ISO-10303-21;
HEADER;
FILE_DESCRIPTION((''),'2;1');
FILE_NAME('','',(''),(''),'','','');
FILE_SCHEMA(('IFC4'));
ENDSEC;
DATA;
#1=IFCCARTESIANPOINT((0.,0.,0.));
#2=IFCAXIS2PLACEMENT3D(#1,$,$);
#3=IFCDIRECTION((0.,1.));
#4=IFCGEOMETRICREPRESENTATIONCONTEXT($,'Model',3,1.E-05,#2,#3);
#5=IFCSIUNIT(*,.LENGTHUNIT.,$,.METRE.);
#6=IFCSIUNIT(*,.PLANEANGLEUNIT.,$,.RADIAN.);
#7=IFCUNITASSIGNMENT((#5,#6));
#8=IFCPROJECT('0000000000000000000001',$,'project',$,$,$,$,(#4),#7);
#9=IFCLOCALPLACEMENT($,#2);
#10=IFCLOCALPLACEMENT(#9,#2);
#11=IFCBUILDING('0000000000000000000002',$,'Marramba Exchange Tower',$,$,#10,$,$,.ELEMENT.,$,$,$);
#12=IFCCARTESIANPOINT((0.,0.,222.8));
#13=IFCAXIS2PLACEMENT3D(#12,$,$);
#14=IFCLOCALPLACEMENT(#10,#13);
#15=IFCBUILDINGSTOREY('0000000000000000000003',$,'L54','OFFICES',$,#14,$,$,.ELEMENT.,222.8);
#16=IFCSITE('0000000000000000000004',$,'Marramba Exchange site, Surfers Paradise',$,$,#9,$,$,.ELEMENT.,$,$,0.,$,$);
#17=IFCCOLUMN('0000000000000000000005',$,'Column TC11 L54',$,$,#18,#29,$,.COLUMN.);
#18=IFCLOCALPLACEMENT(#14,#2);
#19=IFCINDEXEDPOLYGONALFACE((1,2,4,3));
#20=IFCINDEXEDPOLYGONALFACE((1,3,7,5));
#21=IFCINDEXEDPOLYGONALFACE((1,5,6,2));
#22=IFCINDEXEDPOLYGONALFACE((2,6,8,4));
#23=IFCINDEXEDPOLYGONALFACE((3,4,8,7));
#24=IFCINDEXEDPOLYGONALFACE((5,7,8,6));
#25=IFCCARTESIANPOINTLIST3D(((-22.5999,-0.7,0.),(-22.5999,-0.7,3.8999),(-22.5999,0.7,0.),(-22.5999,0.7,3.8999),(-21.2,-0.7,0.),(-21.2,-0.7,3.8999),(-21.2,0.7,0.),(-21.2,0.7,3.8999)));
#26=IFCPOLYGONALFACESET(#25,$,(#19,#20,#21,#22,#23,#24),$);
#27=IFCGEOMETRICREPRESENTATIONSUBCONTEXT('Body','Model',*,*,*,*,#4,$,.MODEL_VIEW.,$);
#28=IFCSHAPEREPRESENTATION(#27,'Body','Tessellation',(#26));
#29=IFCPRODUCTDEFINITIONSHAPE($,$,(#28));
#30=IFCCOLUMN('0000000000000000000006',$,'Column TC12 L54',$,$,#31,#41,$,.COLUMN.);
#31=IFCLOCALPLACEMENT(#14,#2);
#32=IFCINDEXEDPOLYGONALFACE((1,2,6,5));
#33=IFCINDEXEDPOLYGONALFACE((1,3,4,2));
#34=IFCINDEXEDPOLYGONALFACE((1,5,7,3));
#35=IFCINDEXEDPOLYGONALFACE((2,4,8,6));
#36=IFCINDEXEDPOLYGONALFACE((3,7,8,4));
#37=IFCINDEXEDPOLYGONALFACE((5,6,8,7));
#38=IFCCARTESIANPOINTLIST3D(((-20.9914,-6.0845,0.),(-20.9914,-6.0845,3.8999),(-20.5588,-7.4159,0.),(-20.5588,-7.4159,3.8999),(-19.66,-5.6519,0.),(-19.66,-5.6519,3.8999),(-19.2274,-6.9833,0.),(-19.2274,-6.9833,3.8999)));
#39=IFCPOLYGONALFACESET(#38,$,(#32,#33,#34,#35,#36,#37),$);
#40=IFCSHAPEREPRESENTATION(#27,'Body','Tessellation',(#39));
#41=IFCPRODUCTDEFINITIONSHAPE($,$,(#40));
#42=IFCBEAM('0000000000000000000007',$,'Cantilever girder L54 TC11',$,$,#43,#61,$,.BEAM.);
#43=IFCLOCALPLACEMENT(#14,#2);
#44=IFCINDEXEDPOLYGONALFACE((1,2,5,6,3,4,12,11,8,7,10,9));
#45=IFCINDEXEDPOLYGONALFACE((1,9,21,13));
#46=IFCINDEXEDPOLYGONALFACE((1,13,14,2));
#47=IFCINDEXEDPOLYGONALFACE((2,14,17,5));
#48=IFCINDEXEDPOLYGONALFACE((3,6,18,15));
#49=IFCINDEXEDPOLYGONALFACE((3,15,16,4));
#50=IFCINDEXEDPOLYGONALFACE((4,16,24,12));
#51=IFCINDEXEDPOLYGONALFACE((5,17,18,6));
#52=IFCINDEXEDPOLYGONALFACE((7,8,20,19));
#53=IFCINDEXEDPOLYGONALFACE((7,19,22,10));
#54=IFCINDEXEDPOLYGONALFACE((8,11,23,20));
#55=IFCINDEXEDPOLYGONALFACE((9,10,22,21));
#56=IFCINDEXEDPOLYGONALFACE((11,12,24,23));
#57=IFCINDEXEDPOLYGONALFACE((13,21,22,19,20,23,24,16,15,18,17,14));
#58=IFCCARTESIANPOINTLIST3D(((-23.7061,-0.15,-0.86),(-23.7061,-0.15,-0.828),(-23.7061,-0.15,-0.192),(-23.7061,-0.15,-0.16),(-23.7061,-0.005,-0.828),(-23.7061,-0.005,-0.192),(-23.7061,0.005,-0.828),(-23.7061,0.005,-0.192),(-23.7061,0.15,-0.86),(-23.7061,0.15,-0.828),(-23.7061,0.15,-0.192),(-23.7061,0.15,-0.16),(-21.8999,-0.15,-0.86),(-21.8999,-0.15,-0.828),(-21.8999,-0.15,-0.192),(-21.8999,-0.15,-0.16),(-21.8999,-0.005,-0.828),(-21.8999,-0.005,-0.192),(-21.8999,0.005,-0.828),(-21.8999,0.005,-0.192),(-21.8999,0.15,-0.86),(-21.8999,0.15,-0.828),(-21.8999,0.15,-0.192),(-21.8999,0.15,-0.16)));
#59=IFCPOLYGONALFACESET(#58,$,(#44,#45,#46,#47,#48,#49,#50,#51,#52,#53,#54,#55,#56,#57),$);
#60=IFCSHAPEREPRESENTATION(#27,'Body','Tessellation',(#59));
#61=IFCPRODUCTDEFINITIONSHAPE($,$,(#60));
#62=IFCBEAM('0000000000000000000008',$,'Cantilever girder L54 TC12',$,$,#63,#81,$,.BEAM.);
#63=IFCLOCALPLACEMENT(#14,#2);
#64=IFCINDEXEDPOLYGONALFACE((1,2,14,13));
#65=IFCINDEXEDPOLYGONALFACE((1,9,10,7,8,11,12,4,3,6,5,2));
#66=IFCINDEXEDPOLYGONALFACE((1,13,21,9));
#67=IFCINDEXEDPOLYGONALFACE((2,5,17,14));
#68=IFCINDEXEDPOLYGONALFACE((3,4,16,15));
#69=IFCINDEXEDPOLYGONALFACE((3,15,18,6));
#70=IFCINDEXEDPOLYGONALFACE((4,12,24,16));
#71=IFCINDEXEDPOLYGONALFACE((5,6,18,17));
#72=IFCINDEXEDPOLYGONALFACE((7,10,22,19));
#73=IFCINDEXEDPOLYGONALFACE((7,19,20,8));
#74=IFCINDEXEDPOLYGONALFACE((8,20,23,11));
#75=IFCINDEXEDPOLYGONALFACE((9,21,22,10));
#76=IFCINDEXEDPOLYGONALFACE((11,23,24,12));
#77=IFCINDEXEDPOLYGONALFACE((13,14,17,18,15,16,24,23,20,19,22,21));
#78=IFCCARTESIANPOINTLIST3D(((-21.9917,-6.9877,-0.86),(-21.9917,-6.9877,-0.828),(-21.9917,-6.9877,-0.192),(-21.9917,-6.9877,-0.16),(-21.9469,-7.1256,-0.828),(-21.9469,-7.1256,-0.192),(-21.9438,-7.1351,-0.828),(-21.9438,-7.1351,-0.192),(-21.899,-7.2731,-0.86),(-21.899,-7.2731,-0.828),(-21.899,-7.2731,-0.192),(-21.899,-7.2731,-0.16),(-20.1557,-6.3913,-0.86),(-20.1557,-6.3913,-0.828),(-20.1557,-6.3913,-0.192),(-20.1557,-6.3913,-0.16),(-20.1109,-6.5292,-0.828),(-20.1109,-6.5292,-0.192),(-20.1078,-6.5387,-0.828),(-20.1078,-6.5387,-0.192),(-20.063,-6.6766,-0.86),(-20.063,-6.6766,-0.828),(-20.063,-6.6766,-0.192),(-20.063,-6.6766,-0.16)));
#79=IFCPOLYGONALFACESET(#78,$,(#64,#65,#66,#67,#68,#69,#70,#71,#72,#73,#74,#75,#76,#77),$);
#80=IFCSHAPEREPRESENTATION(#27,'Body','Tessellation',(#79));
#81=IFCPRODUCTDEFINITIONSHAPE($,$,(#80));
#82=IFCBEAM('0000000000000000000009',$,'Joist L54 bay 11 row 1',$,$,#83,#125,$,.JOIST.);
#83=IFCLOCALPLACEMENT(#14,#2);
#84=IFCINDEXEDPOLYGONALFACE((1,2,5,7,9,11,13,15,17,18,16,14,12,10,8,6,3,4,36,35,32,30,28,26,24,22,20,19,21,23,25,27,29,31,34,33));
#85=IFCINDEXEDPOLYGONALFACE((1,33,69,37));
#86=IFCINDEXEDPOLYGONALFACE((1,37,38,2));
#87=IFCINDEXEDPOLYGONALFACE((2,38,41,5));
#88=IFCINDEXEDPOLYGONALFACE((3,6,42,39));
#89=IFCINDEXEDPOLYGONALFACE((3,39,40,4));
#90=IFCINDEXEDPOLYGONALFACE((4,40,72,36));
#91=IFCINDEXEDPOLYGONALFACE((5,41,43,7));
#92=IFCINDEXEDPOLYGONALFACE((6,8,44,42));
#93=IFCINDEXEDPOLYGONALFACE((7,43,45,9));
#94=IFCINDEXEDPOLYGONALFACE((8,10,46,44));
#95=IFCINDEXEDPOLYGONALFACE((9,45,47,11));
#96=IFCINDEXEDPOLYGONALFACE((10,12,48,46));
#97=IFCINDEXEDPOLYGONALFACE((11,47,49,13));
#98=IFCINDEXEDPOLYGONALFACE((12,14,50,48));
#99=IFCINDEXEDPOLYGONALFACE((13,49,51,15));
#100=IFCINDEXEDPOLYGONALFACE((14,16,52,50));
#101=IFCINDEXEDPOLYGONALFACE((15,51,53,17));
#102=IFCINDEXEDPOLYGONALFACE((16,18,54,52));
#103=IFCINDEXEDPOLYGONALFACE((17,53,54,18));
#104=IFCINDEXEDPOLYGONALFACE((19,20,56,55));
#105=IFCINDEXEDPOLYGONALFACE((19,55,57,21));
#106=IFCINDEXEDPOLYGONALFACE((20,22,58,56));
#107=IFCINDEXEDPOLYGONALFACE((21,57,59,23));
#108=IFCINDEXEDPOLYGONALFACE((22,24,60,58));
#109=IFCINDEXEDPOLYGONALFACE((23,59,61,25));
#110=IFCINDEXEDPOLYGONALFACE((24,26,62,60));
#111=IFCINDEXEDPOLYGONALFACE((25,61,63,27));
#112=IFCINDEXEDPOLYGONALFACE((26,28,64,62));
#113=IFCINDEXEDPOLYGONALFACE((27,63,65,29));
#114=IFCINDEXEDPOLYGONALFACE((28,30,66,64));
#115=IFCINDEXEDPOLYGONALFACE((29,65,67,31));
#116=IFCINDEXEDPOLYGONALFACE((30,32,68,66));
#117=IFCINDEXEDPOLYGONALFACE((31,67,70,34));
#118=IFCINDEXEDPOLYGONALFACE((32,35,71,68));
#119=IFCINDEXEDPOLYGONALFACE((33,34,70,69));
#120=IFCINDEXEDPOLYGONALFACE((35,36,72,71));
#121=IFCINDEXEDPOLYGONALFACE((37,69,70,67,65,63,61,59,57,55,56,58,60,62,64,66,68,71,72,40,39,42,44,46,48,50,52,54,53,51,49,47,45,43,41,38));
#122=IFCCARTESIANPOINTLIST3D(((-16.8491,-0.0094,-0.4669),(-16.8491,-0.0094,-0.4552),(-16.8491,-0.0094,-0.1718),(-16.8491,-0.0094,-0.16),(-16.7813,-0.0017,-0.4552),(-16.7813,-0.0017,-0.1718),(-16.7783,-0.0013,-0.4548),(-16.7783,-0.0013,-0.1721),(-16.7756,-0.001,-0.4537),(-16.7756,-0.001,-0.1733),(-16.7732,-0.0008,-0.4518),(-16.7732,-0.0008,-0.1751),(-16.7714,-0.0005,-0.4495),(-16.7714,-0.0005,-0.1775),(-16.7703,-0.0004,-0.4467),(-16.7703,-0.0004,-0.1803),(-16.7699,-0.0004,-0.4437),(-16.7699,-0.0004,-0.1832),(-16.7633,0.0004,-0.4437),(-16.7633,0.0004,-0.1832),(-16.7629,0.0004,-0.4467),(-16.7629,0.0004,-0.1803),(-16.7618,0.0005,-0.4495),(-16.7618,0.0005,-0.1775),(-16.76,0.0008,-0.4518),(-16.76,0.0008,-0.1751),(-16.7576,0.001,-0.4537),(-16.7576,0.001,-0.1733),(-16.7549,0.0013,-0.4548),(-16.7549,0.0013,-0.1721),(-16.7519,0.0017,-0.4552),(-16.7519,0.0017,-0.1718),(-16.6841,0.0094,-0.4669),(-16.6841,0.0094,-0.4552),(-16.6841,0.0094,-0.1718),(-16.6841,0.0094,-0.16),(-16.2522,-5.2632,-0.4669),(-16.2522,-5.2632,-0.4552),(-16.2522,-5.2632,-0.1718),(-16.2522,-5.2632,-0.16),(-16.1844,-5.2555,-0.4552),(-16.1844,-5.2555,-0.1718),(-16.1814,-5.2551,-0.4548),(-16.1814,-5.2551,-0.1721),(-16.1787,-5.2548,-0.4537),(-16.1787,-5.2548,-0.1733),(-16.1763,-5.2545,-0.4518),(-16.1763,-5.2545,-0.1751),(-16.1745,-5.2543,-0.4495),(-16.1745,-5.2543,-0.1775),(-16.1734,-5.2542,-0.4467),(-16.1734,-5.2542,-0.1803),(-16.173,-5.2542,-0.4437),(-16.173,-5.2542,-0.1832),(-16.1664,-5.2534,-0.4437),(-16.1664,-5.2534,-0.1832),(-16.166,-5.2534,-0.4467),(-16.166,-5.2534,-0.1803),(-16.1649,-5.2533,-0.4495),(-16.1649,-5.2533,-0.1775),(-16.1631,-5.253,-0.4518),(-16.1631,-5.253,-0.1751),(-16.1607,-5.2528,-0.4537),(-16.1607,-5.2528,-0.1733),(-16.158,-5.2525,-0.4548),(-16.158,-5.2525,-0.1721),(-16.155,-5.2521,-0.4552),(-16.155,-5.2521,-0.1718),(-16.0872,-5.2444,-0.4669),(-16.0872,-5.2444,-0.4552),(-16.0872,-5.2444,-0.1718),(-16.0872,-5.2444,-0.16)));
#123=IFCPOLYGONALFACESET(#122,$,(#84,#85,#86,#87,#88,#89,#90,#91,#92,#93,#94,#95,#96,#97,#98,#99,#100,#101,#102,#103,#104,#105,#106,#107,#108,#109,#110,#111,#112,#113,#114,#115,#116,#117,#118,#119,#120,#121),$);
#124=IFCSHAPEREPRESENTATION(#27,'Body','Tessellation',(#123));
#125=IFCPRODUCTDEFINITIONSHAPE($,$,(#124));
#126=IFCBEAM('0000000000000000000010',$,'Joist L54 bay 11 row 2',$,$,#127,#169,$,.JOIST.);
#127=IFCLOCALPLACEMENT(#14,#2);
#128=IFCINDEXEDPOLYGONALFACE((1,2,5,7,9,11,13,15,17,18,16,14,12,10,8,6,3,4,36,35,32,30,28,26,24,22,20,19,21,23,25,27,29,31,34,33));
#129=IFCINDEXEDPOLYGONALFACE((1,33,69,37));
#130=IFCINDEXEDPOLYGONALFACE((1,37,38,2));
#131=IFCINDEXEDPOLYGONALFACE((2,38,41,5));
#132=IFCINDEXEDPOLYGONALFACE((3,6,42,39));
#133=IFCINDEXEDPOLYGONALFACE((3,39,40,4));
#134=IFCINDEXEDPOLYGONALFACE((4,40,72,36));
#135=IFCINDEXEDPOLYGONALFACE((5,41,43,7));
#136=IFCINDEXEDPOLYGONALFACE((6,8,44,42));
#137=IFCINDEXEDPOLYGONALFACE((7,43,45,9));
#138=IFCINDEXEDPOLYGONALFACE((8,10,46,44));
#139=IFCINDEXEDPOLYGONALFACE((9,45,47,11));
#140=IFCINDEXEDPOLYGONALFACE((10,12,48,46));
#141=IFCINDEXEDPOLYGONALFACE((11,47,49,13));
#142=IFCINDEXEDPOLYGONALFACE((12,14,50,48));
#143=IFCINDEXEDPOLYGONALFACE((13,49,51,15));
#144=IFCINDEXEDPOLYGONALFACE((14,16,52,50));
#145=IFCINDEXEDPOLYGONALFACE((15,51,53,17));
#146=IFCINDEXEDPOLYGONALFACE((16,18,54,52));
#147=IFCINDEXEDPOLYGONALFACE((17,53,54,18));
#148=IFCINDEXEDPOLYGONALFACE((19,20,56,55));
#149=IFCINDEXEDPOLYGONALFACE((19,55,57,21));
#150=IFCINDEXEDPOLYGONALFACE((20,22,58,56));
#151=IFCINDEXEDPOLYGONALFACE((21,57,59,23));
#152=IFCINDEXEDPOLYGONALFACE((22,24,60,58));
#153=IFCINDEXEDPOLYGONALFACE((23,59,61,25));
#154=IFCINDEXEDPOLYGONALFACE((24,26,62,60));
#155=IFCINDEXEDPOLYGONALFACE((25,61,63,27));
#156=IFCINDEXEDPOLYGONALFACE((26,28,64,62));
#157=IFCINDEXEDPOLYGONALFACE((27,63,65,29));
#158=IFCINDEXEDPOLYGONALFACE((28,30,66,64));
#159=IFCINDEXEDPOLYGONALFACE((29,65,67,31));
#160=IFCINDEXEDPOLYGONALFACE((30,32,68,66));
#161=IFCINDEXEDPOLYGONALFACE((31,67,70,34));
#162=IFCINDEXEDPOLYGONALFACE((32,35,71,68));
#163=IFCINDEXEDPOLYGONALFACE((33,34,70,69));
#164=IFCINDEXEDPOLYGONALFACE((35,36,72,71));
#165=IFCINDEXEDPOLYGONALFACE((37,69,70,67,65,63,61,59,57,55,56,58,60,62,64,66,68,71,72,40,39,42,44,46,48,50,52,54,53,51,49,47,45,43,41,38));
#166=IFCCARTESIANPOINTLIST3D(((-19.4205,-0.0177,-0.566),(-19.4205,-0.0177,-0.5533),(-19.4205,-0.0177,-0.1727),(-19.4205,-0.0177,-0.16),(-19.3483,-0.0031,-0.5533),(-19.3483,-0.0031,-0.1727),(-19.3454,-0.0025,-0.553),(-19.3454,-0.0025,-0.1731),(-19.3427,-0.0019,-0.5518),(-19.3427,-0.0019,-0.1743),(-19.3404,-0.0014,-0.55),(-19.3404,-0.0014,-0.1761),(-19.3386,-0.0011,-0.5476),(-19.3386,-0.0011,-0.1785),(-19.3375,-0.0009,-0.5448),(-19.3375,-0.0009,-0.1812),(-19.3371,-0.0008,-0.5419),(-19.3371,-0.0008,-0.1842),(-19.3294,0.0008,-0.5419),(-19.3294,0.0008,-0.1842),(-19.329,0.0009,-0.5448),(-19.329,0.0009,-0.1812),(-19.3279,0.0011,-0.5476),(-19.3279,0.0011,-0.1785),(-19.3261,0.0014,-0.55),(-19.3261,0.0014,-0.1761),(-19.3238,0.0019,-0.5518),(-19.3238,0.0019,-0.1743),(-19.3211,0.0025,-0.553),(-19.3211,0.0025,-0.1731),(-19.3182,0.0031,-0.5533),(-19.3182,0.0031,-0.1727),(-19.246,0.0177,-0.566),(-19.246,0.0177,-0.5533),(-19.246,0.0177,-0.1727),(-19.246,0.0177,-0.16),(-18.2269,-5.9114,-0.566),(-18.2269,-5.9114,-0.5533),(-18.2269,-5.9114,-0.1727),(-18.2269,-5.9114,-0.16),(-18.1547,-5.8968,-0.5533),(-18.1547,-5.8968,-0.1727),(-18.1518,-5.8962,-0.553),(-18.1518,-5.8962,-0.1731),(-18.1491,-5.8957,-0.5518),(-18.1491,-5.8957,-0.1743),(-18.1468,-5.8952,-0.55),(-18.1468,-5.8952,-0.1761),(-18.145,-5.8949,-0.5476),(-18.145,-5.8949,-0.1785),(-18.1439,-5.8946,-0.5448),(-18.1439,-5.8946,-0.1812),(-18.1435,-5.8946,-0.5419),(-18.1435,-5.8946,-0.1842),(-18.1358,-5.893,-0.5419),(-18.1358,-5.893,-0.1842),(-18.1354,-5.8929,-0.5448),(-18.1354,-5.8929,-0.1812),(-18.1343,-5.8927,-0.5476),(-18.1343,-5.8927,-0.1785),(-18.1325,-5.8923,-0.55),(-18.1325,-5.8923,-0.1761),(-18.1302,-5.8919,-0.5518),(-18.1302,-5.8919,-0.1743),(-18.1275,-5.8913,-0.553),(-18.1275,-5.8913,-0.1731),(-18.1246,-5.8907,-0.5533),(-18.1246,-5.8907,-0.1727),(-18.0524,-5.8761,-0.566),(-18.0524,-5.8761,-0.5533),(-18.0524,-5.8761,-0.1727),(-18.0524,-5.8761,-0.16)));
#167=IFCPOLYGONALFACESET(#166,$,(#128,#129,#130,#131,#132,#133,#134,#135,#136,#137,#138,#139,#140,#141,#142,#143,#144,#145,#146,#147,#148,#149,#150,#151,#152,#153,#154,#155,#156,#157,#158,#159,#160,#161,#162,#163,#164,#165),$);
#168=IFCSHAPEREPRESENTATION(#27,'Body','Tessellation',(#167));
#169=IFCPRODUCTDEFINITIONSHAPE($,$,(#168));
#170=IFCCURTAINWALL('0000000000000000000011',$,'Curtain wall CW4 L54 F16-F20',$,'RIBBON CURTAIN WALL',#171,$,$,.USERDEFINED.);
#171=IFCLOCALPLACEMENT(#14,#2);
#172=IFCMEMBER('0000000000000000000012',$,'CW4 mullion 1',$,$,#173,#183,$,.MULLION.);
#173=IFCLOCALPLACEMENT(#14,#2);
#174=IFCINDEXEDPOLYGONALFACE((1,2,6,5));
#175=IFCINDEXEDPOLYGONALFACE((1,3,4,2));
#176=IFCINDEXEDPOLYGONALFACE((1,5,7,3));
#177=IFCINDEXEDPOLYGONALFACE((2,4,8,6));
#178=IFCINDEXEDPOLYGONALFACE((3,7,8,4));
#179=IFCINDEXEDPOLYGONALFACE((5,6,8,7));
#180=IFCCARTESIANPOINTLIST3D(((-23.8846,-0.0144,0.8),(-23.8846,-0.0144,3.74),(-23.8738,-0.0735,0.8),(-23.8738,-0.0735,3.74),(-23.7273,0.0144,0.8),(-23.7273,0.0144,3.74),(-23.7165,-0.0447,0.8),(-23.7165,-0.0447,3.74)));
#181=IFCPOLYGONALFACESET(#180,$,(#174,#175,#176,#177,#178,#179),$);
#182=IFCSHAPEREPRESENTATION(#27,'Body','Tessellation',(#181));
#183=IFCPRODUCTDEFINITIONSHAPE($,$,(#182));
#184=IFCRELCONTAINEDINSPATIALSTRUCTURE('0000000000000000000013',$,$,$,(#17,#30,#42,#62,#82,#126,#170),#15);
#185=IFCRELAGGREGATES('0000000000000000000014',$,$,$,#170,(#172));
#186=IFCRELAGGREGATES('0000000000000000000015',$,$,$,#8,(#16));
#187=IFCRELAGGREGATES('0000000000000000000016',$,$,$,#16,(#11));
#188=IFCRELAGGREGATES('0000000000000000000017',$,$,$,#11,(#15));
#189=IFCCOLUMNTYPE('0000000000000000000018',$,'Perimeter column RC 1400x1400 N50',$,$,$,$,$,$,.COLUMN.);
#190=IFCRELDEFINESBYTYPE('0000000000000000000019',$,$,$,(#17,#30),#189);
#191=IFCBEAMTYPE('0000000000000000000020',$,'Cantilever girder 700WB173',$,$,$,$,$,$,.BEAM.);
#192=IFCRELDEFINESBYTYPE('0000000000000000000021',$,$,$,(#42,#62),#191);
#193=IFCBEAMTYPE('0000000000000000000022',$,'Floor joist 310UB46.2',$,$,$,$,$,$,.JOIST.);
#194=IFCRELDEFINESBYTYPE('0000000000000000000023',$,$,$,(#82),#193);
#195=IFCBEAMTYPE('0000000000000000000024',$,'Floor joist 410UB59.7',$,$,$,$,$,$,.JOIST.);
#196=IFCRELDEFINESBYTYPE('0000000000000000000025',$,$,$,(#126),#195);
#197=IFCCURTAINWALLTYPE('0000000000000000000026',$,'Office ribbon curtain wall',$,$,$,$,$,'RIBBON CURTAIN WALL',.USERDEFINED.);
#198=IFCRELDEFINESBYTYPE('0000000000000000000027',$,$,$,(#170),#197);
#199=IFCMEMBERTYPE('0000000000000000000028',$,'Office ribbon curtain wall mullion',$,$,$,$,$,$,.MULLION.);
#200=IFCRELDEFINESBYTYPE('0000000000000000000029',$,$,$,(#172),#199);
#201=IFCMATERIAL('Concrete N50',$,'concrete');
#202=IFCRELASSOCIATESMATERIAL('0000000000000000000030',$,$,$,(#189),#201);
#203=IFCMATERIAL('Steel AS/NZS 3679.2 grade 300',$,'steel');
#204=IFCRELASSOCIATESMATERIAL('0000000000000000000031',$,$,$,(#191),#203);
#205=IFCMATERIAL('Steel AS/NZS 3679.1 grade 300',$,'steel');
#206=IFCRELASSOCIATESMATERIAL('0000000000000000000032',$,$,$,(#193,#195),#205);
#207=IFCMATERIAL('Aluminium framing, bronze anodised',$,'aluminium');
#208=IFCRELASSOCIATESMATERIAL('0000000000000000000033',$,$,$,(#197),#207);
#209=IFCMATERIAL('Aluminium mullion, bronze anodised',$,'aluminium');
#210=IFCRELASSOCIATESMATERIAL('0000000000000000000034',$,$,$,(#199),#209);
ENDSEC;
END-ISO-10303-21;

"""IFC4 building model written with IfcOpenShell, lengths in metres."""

from ifc_helpers import new_model, si_unit, direction, frame, origin, origin_2d, place, context, subcontext, project, spatial, rectangle, i_section, extrude, material, material_profile, profile_set, type_object, element, aggregate, save


model = new_model("IFC4")

# Units and contexts
model_context = context("Model", 3, precision=1e-05, world=origin(), true_north=direction((0.0, 1.0)))
body_context = subcontext(model_context, "Body", "Model", "MODEL_VIEW")
ifc_project = project(units=[si_unit("LENGTHUNIT", "METRE"), si_unit("PLANEANGLEUNIT", "RADIAN")], contexts=[model_context])

# Site, building, storey
site_placement = place(None, origin())
site = spatial("IfcSite", under=ifc_project, at=site_placement, Name="Marramba Exchange site, Surfers Paradise", CompositionType="ELEMENT", RefElevation=0.0)
building_placement = place(site_placement, origin())
building = spatial("IfcBuilding", under=site, at=building_placement, Name="Marramba Exchange Tower", CompositionType="ELEMENT")
storey_placement = place(building_placement, frame((0.0, 0.0, 222.8)))
storey = spatial("IfcBuildingStorey", under=building, at=storey_placement, Name="L54", Description="OFFICES", CompositionType="ELEMENT", Elevation=222.8)

# Columns
ifc_material_1 = material(Name="Concrete N50", Category="concrete")
ifc_material_profile_1 = material_profile(ifc_material_1, rectangle(XDim=1.3999, YDim=1.3999, at=origin_2d()), Name="RC 1400x1400")
ifc_profile_set_1 = profile_set([ifc_material_profile_1], Name="Concrete N50")
column_type = type_object("IfcColumnType", Name="Perimeter column RC 1400x1400 N50", PredefinedType="COLUMN", material=ifc_profile_set_1)
for number, where, z_axis, x_axis, name in (
    (1, (-21.8999, 0.0, 0.0), (0.0, 0.0, 1.0), (-1.0, 0.0, 0.0), "Column TC11 L54"),
    (2, (-20.1094, -6.5339, 0.0), (0.0, 0.0, 1.0), (-0.951057, -0.309017, 0.0), "Column TC12 L54"),
):
    element("IfcColumn", number, at=place(storey_placement, frame(where, z_axis=z_axis, x_axis=x_axis)), inside=storey, type_object=column_type, Name=name, PredefinedType="COLUMN", context=body_context, shape_type="SweptSolid", body=[
        extrude(rectangle(XDim=1.3999, YDim=1.3999, at=origin_2d()), origin(), (0.0, 0.0, 1.0), 3.8999),
    ])

# Beams
ifc_material_2 = material(Name="Steel AS/NZS 3679.2 grade 300", Category="steel")
ifc_material_profile_2 = material_profile(ifc_material_2, i_section(OverallWidth=0.3, OverallDepth=0.7, WebThickness=0.01, FlangeThickness=0.032, at=origin_2d()), Name="700WB173")
ifc_profile_set_2 = profile_set([ifc_material_profile_2], Name="Steel AS/NZS 3679.2 grade 300")
beam_type_1 = type_object("IfcBeamType", Name="Cantilever girder 700WB173", PredefinedType="BEAM", material=ifc_profile_set_2)
beam_1_placement = place(storey_placement, frame((-21.8999, 0.0, -0.51), z_axis=(-1.0, 0.0, 0.0), x_axis=(0.0, -1.0, 0.0)))
element("IfcBeam", 3, at=beam_1_placement, inside=storey, type_object=beam_type_1, Name="Cantilever girder L54 TC11", PredefinedType="BEAM", context=body_context, shape_type="SweptSolid", body=[
    extrude(i_section(OverallWidth=0.3, OverallDepth=0.7, WebThickness=0.01, FlangeThickness=0.032, at=origin_2d()), origin(), (0.0, 0.0, 1.0), 1.8062),
])
beam_2_placement = place(storey_placement, frame((-20.1094, -6.5339, -0.51), z_axis=(-0.951071, -0.308972, 0.0), x_axis=(0.308972, -0.951071, 0.0)))
element("IfcBeam", 4, at=beam_2_placement, inside=storey, type_object=beam_type_1, Name="Cantilever girder L54 TC12", PredefinedType="BEAM", context=body_context, shape_type="SweptSolid", body=[
    extrude(i_section(OverallWidth=0.3, OverallDepth=0.7, WebThickness=0.01, FlangeThickness=0.032, at=origin_2d()), origin(), (0.0, 0.0, 1.0), 1.9304),
])
ifc_material_3 = material(Name="Steel AS/NZS 3679.1 grade 300", Category="steel")
ifc_material_profile_3 = material_profile(ifc_material_3, i_section(OverallWidth=0.166, OverallDepth=0.3069, WebThickness=0.0066, FlangeThickness=0.0117, FilletRadius=0.0115, at=origin_2d()), Name="310UB46.2")
ifc_profile_set_3 = profile_set([ifc_material_profile_3], Name="Steel AS/NZS 3679.1 grade 300")
beam_type_2 = type_object("IfcBeamType", Name="Floor joist 310UB46.2", PredefinedType="JOIST", material=ifc_profile_set_3)
beam_3_placement = place(storey_placement, frame((-16.7666, 0.0, -0.3135), z_axis=(0.112889, -0.993608, 0.0), x_axis=(0.993608, 0.112889, 0.0)))
element("IfcBeam", 5, at=beam_3_placement, inside=storey, type_object=beam_type_2, Name="Joist L54 bay 11 row 1", PredefinedType="JOIST", context=body_context, shape_type="SweptSolid", body=[
    extrude(i_section(OverallWidth=0.166, OverallDepth=0.3069, WebThickness=0.0066, FlangeThickness=0.0117, FilletRadius=0.0115, at=origin_2d()), origin(), (0.0, 0.0, 1.0), 5.2876),
])
ifc_material_profile_4 = material_profile(ifc_material_3, i_section(OverallWidth=0.178, OverallDepth=0.406, WebThickness=0.0078, FlangeThickness=0.0127, FilletRadius=0.0115, at=origin_2d()), Name="410UB59.7")
ifc_profile_set_4 = profile_set([ifc_material_profile_4], Name="Steel AS/NZS 3679.1 grade 300")
beam_type_3 = type_object("IfcBeamType", Name="Floor joist 410UB59.7", PredefinedType="JOIST", material=ifc_profile_set_4)
beam_4_placement = place(storey_placement, frame((-19.3333, 0.0, -0.363), z_axis=(0.198489, -0.980103, 0.0), x_axis=(0.980103, 0.198489, 0.0)))
element("IfcBeam", 6, at=beam_4_placement, inside=storey, type_object=beam_type_3, Name="Joist L54 bay 11 row 2", PredefinedType="JOIST", context=body_context, shape_type="SweptSolid", body=[
    extrude(i_section(OverallWidth=0.178, OverallDepth=0.406, WebThickness=0.0078, FlangeThickness=0.0127, FilletRadius=0.0115, at=origin_2d()), origin(), (0.0, 0.0, 1.0), 6.0134),
])

# Curtain wall, member
ifc_material_4 = material(Name="Aluminium framing, bronze anodised", Category="aluminium")
curtain_wall_type = type_object("IfcCurtainWallType", Name="Office ribbon curtain wall", ElementType="RIBBON CURTAIN WALL", PredefinedType="USERDEFINED", material=ifc_material_4)
curtain_wall_placement = place(storey_placement, origin())
curtain_wall = element("IfcCurtainWall", 7, at=curtain_wall_placement, inside=storey, type_object=curtain_wall_type, Name="Curtain wall CW4 L54 F16-F20", ObjectType="RIBBON CURTAIN WALL", PredefinedType="USERDEFINED")
ifc_material_5 = material(Name="Aluminium mullion, bronze anodised", Category="aluminium")
ifc_material_profile_5 = material_profile(ifc_material_5, rectangle(XDim=0.1599, YDim=0.0601, at=origin_2d()), Name="CW4 mullion 60x160")
ifc_profile_set_5 = profile_set([ifc_material_profile_5], Name="Aluminium mullion, bronze anodised")
member_type_1 = type_object("IfcMemberType", Name="Office ribbon curtain wall mullion", PredefinedType="MULLION", material=ifc_profile_set_5)
member_1_placement = place(storey_placement, frame((-23.8005, -0.0295, 0.8), z_axis=(0.0, 0.0, 1.0), x_axis=(0.983607, 0.180327, 0.0)))
member_1 = element("IfcMember", 8, at=member_1_placement, type_object=member_type_1, Name="CW4 mullion 1", PredefinedType="MULLION", context=body_context, shape_type="SweptSolid", body=[
    extrude(rectangle(XDim=0.1599, YDim=0.0601, at=origin_2d()), origin(), (0.0, 0.0, 1.0), 2.9399),
])

aggregate(curtain_wall, [member_1])

save(model, "model.ifc")
